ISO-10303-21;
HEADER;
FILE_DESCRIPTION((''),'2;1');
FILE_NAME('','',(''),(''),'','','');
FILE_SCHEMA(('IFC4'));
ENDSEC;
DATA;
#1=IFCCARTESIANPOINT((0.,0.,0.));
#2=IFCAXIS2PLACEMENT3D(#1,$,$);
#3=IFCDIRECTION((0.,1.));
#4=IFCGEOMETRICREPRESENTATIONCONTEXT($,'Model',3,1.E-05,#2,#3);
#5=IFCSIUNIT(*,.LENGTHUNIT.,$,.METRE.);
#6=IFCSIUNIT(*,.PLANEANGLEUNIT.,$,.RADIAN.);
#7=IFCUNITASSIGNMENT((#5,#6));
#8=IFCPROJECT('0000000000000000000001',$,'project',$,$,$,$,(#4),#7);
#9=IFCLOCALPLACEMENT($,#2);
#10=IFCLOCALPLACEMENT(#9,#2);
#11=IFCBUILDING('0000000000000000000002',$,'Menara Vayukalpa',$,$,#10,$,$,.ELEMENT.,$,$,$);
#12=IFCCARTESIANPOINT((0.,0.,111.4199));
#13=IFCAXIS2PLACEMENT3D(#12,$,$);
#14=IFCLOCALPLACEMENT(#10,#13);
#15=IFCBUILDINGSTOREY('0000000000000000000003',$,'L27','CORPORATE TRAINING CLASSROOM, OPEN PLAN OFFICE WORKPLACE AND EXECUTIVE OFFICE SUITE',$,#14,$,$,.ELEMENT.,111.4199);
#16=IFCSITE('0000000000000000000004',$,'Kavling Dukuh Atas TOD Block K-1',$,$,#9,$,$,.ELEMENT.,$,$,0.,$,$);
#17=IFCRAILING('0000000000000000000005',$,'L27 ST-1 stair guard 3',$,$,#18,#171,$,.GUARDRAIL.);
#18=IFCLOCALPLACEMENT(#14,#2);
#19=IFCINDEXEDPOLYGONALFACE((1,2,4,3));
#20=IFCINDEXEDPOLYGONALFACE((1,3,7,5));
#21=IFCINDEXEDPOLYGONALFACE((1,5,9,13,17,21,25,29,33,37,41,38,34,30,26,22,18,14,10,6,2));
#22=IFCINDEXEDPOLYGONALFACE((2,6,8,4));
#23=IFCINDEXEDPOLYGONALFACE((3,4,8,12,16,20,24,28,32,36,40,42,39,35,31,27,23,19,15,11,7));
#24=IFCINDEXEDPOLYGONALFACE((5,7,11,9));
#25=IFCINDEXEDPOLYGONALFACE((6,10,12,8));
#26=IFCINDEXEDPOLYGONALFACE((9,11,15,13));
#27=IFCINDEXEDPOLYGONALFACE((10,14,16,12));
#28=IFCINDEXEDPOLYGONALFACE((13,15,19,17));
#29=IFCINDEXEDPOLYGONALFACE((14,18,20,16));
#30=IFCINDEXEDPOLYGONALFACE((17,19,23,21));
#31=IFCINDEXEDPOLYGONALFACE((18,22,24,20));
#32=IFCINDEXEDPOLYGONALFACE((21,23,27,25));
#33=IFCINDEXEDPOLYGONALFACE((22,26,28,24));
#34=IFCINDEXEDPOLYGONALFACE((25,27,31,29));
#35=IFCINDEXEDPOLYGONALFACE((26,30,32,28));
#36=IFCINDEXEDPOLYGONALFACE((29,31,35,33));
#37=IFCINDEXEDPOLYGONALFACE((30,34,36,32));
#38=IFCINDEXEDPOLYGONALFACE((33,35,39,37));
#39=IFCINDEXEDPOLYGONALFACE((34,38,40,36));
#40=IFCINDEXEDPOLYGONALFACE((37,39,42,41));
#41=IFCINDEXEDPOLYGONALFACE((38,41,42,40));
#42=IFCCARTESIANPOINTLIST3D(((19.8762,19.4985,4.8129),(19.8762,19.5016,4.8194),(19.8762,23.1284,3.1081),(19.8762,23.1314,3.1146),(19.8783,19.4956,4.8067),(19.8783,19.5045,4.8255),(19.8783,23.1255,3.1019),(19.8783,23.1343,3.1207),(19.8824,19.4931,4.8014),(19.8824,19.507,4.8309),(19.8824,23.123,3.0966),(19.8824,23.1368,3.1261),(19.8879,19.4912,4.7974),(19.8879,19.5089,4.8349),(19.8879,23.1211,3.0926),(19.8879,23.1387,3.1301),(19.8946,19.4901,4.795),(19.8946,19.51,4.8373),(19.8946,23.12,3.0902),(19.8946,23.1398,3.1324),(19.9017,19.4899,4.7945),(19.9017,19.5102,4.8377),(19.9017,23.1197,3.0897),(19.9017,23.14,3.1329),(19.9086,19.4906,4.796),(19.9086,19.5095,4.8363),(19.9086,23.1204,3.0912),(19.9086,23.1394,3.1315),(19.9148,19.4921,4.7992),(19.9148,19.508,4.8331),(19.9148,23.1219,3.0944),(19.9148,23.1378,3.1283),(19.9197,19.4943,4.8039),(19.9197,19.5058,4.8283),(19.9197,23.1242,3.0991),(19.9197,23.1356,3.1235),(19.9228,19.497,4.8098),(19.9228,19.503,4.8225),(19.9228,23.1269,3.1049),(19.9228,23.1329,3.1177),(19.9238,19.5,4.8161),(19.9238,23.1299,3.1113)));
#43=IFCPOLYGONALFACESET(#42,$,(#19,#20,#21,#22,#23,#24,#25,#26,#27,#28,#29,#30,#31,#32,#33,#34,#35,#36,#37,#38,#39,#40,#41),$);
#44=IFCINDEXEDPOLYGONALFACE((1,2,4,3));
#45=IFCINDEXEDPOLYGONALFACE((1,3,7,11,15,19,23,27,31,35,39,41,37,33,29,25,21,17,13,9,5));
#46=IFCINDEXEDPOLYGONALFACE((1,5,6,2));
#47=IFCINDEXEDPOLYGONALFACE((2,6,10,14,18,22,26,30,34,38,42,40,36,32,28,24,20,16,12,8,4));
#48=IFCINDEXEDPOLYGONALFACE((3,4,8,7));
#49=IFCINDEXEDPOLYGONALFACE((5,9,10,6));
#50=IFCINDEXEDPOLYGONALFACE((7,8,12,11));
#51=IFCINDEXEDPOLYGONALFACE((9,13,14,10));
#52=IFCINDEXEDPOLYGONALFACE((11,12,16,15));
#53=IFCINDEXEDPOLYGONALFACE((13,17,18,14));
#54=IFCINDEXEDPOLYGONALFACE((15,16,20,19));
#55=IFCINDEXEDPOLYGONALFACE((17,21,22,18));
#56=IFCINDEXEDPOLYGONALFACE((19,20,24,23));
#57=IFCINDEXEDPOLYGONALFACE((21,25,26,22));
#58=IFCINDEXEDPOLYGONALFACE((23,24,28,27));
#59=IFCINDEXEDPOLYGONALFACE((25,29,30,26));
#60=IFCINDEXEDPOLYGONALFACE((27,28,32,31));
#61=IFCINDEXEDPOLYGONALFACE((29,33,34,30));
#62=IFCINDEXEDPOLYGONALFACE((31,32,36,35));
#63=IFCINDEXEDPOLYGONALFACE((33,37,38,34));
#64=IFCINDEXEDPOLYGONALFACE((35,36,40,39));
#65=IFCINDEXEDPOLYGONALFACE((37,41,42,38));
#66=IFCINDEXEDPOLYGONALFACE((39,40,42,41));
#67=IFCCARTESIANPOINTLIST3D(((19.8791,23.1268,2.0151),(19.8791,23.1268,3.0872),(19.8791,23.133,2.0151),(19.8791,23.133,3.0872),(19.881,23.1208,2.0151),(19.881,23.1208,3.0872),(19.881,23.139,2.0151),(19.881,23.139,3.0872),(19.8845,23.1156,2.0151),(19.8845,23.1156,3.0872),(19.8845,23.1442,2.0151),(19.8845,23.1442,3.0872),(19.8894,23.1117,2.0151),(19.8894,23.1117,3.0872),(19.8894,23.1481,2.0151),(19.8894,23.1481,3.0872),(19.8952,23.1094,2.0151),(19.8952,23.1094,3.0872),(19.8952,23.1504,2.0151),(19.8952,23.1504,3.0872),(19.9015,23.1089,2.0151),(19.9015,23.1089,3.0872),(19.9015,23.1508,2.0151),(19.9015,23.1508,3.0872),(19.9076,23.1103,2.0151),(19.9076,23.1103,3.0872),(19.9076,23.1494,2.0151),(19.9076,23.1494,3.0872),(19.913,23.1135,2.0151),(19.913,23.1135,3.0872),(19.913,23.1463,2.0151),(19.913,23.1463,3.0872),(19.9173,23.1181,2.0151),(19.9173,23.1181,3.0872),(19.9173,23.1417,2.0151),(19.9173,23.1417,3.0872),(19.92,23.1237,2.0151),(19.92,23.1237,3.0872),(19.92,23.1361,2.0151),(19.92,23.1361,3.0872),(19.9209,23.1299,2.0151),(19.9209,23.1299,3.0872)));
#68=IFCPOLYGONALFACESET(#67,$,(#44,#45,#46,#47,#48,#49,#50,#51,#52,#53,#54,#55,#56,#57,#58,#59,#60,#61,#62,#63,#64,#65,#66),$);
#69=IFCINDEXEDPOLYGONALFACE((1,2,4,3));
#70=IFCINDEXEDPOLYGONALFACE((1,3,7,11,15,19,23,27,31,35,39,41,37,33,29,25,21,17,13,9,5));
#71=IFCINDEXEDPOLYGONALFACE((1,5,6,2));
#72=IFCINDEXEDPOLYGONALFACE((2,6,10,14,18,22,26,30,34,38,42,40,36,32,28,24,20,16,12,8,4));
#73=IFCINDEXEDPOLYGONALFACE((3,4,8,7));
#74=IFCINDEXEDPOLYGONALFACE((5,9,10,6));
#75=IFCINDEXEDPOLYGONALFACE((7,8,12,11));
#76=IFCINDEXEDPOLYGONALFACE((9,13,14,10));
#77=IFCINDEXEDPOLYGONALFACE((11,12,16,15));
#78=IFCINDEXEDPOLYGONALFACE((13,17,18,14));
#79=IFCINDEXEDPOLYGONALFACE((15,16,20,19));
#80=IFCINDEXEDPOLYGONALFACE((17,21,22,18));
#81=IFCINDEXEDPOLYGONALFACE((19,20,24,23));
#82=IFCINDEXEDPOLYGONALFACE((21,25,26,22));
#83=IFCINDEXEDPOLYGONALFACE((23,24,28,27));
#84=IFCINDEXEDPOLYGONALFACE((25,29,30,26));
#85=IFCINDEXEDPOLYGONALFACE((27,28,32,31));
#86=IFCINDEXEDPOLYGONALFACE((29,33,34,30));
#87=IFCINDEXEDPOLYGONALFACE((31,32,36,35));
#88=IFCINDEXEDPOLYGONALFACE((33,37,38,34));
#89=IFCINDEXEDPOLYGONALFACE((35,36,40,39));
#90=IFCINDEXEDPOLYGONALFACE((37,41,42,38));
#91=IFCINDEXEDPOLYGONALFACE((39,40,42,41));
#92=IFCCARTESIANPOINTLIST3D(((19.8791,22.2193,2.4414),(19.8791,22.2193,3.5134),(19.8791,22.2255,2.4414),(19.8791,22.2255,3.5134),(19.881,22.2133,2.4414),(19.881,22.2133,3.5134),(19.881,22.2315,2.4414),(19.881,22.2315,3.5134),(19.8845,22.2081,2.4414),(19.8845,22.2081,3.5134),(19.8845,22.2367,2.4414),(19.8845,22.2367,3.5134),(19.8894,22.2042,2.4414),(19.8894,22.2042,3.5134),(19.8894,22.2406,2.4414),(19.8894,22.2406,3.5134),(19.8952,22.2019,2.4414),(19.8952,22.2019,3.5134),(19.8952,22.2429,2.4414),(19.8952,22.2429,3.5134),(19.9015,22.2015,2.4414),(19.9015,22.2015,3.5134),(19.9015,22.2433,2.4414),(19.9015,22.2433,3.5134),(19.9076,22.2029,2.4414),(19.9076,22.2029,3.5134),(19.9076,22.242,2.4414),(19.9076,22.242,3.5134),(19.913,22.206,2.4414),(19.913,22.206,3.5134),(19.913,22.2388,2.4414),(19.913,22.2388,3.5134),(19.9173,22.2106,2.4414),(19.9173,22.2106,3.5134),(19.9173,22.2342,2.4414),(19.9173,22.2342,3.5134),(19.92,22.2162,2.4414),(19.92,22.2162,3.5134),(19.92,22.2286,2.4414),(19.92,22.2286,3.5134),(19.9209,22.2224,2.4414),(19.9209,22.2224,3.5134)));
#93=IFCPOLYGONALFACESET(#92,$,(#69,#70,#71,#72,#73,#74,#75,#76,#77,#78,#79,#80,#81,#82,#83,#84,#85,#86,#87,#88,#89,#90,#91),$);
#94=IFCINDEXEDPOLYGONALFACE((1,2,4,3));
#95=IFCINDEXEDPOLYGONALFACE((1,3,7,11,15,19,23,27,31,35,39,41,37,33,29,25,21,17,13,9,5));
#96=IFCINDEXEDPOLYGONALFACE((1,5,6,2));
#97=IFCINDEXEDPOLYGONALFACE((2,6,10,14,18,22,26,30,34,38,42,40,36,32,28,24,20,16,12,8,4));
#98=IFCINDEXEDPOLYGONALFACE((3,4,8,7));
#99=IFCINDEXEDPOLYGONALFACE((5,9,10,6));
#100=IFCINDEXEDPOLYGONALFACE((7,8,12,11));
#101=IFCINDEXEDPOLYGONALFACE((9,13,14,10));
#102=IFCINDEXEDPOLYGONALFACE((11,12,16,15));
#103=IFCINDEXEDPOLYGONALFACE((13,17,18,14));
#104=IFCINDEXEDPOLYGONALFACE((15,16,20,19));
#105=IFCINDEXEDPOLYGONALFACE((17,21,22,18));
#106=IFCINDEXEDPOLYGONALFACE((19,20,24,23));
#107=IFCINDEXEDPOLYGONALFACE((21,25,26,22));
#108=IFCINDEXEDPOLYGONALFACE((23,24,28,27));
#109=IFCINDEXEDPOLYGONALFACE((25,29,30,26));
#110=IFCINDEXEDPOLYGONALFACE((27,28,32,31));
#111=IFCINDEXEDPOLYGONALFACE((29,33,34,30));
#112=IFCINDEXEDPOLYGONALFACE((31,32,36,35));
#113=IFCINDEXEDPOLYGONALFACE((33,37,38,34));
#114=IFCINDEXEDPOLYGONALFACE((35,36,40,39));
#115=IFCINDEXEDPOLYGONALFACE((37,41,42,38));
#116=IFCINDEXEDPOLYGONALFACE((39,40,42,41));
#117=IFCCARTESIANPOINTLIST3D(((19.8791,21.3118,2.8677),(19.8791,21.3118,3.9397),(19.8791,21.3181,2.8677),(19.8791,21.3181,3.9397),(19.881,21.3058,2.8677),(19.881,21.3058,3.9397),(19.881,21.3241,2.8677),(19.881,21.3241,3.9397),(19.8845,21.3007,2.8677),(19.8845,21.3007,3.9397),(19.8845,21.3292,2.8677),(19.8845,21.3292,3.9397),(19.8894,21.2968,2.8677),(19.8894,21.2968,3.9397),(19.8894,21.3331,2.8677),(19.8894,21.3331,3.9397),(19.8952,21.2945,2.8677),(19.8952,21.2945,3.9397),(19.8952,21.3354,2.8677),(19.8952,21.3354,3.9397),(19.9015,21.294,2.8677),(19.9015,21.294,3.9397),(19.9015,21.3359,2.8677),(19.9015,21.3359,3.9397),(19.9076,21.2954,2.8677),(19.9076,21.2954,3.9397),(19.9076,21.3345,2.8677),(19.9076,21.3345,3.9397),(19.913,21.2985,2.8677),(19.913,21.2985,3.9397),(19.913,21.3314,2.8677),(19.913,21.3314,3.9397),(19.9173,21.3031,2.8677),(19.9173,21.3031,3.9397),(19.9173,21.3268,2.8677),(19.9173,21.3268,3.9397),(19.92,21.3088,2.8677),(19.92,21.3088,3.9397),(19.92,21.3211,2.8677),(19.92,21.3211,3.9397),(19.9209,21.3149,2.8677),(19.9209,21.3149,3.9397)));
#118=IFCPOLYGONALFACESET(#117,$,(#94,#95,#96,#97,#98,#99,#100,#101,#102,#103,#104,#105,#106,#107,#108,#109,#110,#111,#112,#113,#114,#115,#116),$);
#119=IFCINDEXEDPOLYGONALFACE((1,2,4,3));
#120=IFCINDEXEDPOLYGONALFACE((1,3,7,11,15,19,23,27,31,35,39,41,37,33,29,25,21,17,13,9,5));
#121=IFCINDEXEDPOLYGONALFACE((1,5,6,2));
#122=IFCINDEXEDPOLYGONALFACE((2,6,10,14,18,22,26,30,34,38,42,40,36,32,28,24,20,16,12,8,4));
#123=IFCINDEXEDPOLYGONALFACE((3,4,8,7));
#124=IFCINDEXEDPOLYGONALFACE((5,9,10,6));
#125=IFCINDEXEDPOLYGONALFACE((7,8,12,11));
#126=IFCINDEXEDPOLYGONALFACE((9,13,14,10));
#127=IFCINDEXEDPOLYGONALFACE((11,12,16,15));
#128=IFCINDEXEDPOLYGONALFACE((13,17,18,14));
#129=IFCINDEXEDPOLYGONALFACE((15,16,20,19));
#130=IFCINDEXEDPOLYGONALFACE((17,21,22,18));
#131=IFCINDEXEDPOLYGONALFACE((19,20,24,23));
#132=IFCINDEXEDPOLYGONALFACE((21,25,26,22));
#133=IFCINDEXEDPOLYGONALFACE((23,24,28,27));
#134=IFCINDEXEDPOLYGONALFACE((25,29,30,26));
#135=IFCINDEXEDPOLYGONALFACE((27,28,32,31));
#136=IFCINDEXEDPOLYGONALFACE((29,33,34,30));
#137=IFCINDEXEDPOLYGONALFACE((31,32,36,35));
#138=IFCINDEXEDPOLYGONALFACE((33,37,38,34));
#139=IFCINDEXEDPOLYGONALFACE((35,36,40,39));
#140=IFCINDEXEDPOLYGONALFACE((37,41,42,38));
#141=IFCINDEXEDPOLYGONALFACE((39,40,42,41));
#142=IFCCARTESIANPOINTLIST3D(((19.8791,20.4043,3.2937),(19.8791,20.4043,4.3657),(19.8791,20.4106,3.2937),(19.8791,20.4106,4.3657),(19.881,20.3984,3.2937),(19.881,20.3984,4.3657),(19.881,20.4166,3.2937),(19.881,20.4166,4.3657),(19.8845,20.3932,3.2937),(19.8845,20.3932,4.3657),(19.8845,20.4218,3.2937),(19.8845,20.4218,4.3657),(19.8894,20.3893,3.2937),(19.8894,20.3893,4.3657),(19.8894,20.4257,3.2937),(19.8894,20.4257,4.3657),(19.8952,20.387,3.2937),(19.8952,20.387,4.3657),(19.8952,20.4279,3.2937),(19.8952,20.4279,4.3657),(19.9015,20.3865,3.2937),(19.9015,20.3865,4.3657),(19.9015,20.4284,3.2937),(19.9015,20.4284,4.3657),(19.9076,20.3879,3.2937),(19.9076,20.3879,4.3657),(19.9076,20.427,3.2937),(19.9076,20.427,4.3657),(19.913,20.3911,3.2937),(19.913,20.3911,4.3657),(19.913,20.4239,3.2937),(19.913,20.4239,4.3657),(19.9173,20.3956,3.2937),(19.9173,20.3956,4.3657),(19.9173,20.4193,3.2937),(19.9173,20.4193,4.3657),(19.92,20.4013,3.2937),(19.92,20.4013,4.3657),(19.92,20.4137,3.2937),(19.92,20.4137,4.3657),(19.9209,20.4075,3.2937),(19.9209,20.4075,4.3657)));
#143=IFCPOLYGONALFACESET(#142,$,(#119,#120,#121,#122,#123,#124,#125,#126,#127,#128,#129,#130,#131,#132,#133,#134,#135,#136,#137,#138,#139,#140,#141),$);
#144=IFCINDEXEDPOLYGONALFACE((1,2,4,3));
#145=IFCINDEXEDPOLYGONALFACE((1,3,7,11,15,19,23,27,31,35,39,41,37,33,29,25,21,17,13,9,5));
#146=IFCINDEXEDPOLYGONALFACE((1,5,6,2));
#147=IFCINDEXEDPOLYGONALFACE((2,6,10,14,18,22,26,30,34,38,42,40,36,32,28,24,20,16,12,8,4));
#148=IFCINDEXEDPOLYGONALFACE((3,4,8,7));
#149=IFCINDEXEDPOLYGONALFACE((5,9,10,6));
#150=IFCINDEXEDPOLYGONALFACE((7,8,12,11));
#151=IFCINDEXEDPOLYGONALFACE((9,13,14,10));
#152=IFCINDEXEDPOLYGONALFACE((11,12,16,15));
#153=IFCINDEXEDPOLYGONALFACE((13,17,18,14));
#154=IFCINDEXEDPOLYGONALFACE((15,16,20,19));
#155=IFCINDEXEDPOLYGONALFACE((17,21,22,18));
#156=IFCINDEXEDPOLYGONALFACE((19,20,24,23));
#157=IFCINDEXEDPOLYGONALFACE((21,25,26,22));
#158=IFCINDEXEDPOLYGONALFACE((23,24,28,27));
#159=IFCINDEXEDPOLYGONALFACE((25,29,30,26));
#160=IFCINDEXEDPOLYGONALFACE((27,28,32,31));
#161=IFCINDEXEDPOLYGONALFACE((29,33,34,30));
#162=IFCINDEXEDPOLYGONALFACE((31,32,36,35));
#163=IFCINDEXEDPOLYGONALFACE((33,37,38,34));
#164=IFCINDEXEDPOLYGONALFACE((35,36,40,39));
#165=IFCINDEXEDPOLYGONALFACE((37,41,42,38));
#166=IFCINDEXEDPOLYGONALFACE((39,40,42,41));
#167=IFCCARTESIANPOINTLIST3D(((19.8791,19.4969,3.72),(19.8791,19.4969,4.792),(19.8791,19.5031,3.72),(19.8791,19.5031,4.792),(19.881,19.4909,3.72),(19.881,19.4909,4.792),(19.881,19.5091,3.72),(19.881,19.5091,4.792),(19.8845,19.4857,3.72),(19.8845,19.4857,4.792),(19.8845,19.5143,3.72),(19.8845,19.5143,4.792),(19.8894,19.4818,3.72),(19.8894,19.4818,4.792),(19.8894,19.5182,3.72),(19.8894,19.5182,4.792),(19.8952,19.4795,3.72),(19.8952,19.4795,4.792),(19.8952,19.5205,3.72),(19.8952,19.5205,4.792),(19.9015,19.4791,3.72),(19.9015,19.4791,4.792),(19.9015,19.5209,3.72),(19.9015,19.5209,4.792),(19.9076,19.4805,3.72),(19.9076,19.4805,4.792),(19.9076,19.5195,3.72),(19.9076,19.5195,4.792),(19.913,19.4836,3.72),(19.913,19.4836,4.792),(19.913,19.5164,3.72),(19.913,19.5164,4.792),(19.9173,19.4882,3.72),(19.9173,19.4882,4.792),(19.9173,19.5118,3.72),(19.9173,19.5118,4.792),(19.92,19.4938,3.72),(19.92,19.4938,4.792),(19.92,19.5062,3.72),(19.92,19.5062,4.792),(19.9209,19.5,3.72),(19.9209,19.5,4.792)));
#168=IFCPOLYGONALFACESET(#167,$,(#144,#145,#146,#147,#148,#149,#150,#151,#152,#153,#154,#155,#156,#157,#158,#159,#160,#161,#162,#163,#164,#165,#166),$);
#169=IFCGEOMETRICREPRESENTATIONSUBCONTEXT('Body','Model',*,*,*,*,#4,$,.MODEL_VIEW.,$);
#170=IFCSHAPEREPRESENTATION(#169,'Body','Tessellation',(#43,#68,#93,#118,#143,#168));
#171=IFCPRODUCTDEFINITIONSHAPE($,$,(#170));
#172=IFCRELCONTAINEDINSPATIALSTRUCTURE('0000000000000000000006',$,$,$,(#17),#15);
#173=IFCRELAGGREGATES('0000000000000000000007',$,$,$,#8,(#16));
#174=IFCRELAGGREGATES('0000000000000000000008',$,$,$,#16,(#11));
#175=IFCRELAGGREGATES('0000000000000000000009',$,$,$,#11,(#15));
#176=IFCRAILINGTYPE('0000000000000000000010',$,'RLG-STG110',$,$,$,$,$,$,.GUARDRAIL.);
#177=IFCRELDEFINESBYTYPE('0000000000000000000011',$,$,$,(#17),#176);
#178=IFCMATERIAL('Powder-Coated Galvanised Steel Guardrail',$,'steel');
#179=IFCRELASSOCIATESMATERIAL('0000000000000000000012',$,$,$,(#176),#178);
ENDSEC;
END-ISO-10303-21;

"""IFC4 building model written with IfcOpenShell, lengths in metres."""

from ifc_helpers import new_model, si_unit, direction, frame, origin, origin_2d, place, context, subcontext, project, spatial, circle, extrude, material, type_object, element, save


model = new_model("IFC4")

# Units and contexts
model_context = context("Model", 3, precision=1e-05, world=origin(), true_north=direction((0.0, 1.0)))
body_context = subcontext(model_context, "Body", "Model", "MODEL_VIEW")
ifc_project = project(units=[si_unit("LENGTHUNIT", "METRE"), si_unit("PLANEANGLEUNIT", "RADIAN")], contexts=[model_context])

# Site, building, storey
site_placement = place(None, origin())
site = spatial("IfcSite", under=ifc_project, at=site_placement, Name="Kavling Dukuh Atas TOD Block K-1", CompositionType="ELEMENT", RefElevation=0.0)
building_placement = place(site_placement, origin())
building = spatial("IfcBuilding", under=site, at=building_placement, Name="Menara Vayukalpa", CompositionType="ELEMENT")
storey_placement = place(building_placement, frame((0.0, 0.0, 111.4199)))
storey = spatial("IfcBuildingStorey", under=building, at=storey_placement, Name="L27", Description="CORPORATE TRAINING CLASSROOM, OPEN PLAN OFFICE WORKPLACE AND EXECUTIVE OFFICE SUITE", CompositionType="ELEMENT", Elevation=111.4199)

# Railing
ifc_material_1 = material(Name="Powder-Coated Galvanised Steel Guardrail", Category="steel")
railing_type_1 = type_object("IfcRailingType", Name="RLG-STG110", PredefinedType="GUARDRAIL", material=ifc_material_1)
railing_1_placement = place(storey_placement, frame((19.8999, 23.1299, 2.0151)))
element("IfcRailing", 1, at=railing_1_placement, inside=storey, type_object=railing_type_1, Name="L27 ST-1 stair guard 3", PredefinedType="GUARDRAIL", context=body_context, shape_type="SweptSolid", body=[
    extrude(circle(Radius=0.0239, at=origin_2d()), frame((0.0, 0.0, 1.0962), z_axis=(0.0, -0.90514, 0.425114), x_axis=(1.0, 0.0, 0.0)), (0.0, 0.0, 1.0), 4.0103),
    extrude(circle(Radius=0.021, at=origin_2d()), origin(), (0.0, 0.0, 1.0), 1.072),
    extrude(circle(Radius=0.021, at=origin_2d()), frame((0.0, -0.9075, 0.4263)), (0.0, 0.0, 1.0), 1.072),
    extrude(circle(Radius=0.021, at=origin_2d()), frame((0.0, -1.8149, 0.8525)), (0.0, 0.0, 1.0), 1.072),
    extrude(circle(Radius=0.021, at=origin_2d()), frame((0.0, -2.7224, 1.2786)), (0.0, 0.0, 1.0), 1.072),
    extrude(circle(Radius=0.021, at=origin_2d()), frame((0.0, -3.6299, 1.7048)), (0.0, 0.0, 1.0), 1.072),
])

save(model, "model.ifc")
